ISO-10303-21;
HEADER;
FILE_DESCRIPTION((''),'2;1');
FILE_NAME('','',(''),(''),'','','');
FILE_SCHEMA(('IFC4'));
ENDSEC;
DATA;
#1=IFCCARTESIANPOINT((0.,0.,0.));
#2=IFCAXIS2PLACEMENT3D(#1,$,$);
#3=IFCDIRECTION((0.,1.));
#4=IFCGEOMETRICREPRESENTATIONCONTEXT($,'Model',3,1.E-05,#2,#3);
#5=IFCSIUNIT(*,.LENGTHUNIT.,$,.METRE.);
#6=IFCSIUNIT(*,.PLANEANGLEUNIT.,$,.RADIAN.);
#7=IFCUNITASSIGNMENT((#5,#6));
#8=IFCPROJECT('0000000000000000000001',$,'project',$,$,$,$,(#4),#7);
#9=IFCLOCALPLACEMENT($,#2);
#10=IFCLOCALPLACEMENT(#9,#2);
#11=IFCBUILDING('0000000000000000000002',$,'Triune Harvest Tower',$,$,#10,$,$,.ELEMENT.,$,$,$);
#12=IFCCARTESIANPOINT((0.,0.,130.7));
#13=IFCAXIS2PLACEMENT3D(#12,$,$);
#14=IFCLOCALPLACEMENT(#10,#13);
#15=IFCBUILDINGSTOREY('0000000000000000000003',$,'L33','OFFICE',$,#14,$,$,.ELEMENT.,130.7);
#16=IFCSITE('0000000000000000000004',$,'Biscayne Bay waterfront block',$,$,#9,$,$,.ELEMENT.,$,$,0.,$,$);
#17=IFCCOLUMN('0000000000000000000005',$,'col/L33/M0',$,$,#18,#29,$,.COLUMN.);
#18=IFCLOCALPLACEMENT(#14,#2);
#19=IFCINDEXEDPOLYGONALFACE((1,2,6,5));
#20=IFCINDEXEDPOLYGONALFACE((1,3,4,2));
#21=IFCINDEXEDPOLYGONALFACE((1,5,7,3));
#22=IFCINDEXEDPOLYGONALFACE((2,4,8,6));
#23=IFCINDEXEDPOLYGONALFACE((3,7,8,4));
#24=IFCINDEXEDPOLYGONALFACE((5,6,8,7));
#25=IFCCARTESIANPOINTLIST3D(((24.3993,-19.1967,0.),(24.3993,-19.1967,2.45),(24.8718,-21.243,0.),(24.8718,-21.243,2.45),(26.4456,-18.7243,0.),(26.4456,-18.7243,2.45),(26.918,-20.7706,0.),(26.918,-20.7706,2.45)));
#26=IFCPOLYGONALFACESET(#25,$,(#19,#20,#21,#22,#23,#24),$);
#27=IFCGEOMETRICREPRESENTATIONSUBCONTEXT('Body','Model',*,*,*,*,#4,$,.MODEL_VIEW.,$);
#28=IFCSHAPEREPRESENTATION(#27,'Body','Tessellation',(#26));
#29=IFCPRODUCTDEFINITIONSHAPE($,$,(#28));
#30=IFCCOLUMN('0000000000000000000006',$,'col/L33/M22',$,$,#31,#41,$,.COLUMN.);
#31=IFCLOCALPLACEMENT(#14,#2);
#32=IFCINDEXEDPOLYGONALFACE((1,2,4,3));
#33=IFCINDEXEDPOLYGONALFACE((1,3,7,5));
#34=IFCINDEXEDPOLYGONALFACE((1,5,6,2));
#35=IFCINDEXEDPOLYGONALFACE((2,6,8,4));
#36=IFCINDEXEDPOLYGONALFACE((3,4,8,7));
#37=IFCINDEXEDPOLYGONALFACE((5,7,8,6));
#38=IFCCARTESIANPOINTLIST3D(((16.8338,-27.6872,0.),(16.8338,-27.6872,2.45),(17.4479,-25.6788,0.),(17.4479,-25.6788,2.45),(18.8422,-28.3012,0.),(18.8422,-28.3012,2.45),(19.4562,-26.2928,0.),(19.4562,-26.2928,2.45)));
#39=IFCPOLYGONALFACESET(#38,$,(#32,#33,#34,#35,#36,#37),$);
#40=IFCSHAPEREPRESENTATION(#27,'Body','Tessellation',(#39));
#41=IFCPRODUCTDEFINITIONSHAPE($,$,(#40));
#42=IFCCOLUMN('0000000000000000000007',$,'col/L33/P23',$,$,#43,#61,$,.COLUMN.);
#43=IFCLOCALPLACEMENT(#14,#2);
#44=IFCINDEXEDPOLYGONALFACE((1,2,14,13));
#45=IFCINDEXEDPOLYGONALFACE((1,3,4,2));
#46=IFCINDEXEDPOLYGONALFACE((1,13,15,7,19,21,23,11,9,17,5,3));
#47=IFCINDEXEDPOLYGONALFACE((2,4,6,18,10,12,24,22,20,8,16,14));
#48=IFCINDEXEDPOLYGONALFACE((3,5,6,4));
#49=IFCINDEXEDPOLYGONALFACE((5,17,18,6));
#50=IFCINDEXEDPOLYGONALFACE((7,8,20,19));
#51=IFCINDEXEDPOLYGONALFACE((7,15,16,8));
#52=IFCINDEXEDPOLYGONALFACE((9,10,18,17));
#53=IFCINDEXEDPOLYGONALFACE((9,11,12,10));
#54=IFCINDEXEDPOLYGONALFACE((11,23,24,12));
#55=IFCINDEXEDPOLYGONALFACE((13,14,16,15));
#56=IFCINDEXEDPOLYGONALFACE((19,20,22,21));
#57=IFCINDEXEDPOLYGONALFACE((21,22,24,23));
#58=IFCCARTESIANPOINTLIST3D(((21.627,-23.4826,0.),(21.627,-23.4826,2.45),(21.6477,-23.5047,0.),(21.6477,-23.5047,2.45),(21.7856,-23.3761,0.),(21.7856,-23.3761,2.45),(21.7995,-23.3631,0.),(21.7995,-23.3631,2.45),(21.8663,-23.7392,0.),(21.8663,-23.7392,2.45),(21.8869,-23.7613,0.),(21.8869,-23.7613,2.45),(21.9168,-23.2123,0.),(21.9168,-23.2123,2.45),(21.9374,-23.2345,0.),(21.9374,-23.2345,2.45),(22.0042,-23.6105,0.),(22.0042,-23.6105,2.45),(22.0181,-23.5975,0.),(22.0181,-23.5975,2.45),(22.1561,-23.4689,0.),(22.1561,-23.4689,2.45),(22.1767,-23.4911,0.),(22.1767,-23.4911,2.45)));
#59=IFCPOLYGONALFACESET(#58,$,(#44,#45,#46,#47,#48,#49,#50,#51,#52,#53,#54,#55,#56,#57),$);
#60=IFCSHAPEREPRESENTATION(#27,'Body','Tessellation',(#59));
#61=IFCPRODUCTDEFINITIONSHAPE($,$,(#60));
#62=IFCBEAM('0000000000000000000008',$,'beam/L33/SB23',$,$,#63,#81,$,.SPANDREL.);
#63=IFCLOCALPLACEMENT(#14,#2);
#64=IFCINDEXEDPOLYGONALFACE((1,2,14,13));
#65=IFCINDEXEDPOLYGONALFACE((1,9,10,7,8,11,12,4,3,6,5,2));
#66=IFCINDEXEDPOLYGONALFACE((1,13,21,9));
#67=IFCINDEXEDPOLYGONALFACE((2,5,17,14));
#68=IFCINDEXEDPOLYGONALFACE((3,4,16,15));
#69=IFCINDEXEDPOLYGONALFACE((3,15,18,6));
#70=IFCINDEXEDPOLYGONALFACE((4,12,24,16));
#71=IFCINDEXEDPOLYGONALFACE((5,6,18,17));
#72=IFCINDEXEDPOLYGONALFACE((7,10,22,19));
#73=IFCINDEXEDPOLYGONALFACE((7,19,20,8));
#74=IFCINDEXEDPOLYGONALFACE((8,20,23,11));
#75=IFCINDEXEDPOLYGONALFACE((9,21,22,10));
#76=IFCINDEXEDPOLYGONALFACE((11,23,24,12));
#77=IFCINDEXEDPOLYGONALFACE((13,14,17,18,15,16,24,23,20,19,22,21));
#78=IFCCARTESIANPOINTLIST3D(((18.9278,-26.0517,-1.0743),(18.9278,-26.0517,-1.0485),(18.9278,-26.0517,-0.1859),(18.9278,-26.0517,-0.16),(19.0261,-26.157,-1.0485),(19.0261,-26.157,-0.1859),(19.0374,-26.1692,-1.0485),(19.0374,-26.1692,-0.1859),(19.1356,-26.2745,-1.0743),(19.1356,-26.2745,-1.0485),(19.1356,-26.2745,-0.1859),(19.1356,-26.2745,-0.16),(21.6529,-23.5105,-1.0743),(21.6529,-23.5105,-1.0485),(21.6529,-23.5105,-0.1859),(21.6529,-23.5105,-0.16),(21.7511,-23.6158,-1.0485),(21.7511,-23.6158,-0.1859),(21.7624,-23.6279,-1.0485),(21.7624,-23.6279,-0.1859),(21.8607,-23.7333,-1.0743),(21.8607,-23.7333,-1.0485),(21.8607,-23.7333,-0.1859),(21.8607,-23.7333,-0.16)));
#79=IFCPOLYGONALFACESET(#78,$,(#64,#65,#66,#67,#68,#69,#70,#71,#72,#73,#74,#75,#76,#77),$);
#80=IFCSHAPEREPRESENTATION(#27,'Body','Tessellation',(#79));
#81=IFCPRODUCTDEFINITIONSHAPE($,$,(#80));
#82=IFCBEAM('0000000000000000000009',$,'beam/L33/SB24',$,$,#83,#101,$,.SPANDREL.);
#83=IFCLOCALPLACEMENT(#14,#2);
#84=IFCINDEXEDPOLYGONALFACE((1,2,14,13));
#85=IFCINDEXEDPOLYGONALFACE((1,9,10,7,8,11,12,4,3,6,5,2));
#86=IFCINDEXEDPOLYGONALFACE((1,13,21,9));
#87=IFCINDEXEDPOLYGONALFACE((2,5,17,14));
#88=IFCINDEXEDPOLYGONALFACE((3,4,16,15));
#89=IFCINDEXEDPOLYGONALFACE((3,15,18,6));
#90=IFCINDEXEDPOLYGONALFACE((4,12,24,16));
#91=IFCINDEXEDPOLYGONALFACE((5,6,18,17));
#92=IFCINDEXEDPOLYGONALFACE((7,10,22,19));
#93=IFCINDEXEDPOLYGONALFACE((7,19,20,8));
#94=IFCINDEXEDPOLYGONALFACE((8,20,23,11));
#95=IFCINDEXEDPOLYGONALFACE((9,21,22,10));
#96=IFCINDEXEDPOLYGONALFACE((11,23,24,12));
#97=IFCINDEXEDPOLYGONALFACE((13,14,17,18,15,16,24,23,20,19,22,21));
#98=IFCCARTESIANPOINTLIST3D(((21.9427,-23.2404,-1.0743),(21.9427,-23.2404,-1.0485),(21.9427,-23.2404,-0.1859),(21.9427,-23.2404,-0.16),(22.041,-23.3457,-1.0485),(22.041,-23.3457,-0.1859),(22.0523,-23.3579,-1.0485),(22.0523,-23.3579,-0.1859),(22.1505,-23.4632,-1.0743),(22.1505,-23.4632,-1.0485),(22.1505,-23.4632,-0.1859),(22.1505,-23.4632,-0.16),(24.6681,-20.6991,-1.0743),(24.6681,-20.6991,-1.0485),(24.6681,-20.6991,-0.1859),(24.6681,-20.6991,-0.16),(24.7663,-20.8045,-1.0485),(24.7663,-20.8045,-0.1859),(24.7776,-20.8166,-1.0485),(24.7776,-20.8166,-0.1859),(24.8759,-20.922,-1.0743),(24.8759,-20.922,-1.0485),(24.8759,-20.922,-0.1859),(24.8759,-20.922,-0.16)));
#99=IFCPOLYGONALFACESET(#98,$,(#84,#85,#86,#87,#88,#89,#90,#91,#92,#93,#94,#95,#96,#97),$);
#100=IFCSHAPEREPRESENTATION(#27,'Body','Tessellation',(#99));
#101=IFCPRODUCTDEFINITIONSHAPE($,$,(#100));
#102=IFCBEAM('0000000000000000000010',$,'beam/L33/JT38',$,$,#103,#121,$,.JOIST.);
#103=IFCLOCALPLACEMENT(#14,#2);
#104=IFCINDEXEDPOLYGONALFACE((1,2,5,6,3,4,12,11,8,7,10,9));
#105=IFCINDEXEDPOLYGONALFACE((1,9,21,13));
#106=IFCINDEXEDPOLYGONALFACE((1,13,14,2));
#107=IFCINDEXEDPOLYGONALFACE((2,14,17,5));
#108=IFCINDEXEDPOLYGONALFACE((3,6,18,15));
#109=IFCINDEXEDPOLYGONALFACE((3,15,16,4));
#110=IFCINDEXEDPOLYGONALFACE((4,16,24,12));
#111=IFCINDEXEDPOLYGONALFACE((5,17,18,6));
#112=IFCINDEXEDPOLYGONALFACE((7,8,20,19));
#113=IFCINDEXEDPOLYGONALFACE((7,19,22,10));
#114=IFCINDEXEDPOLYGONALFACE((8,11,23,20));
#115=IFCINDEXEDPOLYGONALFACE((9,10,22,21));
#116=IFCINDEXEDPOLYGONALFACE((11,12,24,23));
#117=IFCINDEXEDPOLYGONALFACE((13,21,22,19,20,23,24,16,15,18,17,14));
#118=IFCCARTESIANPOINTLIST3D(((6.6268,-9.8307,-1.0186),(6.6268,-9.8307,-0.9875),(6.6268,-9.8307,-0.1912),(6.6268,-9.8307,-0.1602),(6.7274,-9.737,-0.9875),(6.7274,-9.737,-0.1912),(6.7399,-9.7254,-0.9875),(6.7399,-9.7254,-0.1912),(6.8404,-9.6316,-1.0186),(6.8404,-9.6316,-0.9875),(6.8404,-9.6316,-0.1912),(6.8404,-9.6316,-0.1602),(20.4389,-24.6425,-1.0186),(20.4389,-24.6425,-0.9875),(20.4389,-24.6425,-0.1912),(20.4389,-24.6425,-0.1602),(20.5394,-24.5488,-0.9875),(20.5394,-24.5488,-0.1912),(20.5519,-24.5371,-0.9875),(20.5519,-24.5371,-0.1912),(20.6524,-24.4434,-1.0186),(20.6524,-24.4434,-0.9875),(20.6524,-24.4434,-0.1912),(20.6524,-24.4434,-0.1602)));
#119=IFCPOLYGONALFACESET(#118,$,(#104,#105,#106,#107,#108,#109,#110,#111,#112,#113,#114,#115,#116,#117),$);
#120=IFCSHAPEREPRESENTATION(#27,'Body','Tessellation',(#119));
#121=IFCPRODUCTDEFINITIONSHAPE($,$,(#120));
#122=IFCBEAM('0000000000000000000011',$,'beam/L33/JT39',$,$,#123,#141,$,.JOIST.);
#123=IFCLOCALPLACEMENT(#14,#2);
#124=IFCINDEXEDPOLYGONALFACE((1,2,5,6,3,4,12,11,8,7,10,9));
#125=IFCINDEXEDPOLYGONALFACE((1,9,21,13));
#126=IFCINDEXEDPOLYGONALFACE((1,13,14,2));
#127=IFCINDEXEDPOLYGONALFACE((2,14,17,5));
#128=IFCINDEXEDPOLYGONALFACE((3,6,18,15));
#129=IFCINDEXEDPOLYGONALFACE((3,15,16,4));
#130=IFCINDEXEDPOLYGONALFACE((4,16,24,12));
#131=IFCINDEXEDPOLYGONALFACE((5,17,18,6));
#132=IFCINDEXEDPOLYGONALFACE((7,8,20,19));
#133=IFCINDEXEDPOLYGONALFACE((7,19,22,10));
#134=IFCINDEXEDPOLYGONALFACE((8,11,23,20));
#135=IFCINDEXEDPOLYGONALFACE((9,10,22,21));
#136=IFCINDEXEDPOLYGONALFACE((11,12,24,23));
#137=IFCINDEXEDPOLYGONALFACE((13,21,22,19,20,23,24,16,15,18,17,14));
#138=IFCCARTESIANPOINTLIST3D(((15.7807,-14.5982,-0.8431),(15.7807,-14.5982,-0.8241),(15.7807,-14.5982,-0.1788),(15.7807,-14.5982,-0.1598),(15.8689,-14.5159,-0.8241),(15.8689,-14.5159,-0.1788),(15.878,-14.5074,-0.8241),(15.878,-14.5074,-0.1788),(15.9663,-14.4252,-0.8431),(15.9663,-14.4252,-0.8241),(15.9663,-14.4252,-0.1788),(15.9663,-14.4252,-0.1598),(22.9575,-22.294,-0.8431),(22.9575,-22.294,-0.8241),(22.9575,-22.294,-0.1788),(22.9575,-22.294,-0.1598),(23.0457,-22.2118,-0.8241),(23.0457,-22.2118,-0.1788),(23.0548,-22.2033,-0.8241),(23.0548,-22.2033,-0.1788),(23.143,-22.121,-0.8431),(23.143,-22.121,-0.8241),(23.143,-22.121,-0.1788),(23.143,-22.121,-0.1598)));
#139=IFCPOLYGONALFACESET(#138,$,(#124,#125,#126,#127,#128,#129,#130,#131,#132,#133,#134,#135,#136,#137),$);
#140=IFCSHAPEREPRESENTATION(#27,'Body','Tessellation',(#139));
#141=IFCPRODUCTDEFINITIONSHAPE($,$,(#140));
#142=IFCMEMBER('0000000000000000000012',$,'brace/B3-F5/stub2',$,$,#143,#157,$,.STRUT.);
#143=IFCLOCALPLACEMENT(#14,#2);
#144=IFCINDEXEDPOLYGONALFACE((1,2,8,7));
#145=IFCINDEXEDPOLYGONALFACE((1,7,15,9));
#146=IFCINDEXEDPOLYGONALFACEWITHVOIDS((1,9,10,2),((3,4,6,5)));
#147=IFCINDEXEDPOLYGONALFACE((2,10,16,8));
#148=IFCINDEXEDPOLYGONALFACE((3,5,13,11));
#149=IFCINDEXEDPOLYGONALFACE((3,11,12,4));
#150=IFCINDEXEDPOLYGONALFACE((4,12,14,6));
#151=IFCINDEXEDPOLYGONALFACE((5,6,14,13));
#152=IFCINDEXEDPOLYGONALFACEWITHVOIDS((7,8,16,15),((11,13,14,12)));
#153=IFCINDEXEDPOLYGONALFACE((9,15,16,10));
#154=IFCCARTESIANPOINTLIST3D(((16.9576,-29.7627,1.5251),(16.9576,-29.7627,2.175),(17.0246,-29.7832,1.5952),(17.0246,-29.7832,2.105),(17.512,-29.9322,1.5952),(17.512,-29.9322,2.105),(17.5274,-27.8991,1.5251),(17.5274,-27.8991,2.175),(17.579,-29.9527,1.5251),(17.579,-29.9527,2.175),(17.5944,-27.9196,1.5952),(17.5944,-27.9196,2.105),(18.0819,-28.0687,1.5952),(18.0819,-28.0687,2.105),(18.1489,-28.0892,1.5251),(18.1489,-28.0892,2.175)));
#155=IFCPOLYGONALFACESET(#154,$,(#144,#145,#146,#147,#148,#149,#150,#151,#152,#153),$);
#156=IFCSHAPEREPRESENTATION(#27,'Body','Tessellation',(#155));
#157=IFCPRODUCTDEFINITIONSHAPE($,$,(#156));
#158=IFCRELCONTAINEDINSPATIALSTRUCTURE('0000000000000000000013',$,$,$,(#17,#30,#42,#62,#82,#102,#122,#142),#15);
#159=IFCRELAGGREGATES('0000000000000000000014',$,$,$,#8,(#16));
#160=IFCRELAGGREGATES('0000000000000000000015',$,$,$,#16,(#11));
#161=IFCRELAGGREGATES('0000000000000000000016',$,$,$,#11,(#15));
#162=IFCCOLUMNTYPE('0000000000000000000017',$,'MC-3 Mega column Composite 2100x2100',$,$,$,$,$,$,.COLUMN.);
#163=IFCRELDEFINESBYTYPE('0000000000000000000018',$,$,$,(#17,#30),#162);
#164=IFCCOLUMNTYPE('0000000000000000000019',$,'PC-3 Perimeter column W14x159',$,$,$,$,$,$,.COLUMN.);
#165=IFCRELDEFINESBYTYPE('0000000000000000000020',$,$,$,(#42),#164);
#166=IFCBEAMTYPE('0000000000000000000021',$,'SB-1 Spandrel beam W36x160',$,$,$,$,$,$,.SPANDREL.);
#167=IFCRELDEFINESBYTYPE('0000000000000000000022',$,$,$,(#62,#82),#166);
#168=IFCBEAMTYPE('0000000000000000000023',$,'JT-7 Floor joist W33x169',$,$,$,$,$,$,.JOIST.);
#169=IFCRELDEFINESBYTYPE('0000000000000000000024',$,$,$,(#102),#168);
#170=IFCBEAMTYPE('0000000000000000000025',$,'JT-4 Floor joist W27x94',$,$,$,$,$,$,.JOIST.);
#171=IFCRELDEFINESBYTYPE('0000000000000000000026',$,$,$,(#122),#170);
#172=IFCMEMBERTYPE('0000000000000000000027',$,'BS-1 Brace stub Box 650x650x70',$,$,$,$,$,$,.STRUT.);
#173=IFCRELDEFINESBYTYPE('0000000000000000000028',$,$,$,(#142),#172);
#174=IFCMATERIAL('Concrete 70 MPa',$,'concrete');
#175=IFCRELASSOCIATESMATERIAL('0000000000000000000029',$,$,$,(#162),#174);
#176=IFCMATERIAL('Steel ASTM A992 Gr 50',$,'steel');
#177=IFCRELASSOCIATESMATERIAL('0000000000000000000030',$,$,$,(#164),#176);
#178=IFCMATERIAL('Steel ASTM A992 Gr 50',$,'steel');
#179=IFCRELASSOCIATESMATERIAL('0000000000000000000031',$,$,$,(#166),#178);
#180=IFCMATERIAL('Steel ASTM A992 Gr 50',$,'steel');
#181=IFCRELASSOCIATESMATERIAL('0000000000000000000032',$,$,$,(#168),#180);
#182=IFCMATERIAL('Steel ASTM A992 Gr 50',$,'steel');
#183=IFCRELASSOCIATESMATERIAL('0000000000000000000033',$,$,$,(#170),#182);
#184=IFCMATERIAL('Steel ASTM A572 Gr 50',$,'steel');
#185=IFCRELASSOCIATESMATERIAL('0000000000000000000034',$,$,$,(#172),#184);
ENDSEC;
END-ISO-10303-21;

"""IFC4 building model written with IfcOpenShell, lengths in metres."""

from ifc_helpers import new_model, si_unit, direction, frame, origin, origin_2d, place, context, subcontext, project, spatial, rectangle, hollow_rectangle, i_section, extrude, source, transform, mapped, material, material_profile, profile_set, type_object, element, save


model = new_model("IFC4")

# Units and contexts
model_context = context("Model", 3, precision=1e-05, world=origin(), true_north=direction((0.0, 1.0)))
body_context = subcontext(model_context, "Body", "Model", "MODEL_VIEW")
ifc_project = project(units=[si_unit("LENGTHUNIT", "METRE"), si_unit("PLANEANGLEUNIT", "RADIAN")], contexts=[model_context])

# Site, building, storey
site_placement = place(None, origin())
site = spatial("IfcSite", under=ifc_project, at=site_placement, Name="Biscayne Bay waterfront block", CompositionType="ELEMENT", RefElevation=0.0)
building_placement = place(site_placement, origin())
building = spatial("IfcBuilding", under=site, at=building_placement, Name="Triune Harvest Tower", CompositionType="ELEMENT")
storey_placement = place(building_placement, frame((0.0, 0.0, 130.7)))
storey = spatial("IfcBuildingStorey", under=building, at=storey_placement, Name="L33", Description="OFFICE", CompositionType="ELEMENT", Elevation=130.7)

# Columns
ifc_material_1 = material(Name="Concrete 70 MPa", Category="concrete")
ifc_material_profile_1 = material_profile(ifc_material_1, rectangle(XDim=2.1001, YDim=2.1001, at=origin_2d()), Name="Composite 2100x2100")
ifc_profile_set_1 = profile_set([ifc_material_profile_1], Name="Concrete 70 MPa")
column_type_1 = type_object("IfcColumnType", Name="MC-3 Mega column Composite 2100x2100", PredefinedType="COLUMN", material=ifc_profile_set_1)
shared_shape_1 = source(origin(), body_context, "Body", "SweptSolid", [
    extrude(rectangle(XDim=2.1001, YDim=2.1001, at=origin_2d()), origin(), (0.0, 0.0, 1.0), 2.45),
])
for number, where, z_axis, x_axis, name in (
    (1, (25.6587, -19.9836, 0.0), (0.0, 0.0, 1.0), (-0.224953, 0.97437, 0.0), "col/L33/M0"),
    (2, (18.145, -26.99, 0.0), (0.0, 0.0, 1.0), (0.956305, -0.292372, 0.0), "col/L33/M22"),
):
    element("IfcColumn", number, at=place(storey_placement, frame(where, z_axis=z_axis, x_axis=x_axis)), inside=storey, type_object=column_type_1, Name=name, PredefinedType="COLUMN", context=body_context, shape_type="MappedRepresentation", body=[
        mapped(shared_shape_1, transform((0.0, 0.0, 0.0), scale=1.0)),
    ])
ifc_material_2 = material(Name="Steel ASTM A992 Gr 50", Category="steel")
ifc_material_profile_2 = material_profile(ifc_material_2, i_section(OverallWidth=0.3962, OverallDepth=0.3811, WebThickness=0.019, FlangeThickness=0.0303, at=origin_2d()), Name="W14x159")
ifc_profile_set_2 = profile_set([ifc_material_profile_2], Name="Steel ASTM A992 Gr 50")
column_type_2 = type_object("IfcColumnType", Name="PC-3 Perimeter column W14x159", PredefinedType="COLUMN", material=ifc_profile_set_2)
shared_shape_2 = source(origin(), body_context, "Body", "SweptSolid", [
    extrude(i_section(OverallWidth=0.3962, OverallDepth=0.3811, WebThickness=0.019, FlangeThickness=0.0303, at=origin_2d()), origin(), (0.0, 0.0, 1.0), 2.45),
])
column_placement = place(storey_placement, frame((21.9019, -23.4868, 0.0), z_axis=(0.0, 0.0, 1.0), x_axis=(0.731354, 0.681998, 0.0)))
element("IfcColumn", 3, at=column_placement, inside=storey, type_object=column_type_2, Name="col/L33/P23", PredefinedType="COLUMN", context=body_context, shape_type="MappedRepresentation", body=[
    mapped(shared_shape_2, transform((0.0, 0.0, 0.0), scale=1.0)),
])

# Beams
ifc_material_3 = material(Name="Steel ASTM A992 Gr 50", Category="steel")
ifc_material_profile_3 = material_profile(ifc_material_3, i_section(OverallWidth=0.3047, OverallDepth=0.9143, WebThickness=0.0166, FlangeThickness=0.0259, at=origin_2d()), Name="W36x160")
ifc_profile_set_3 = profile_set([ifc_material_profile_3], Name="Steel ASTM A992 Gr 50")
beam_type_1 = type_object("IfcBeamType", Name="SB-1 Spandrel beam W36x160", PredefinedType="SPANDREL", material=ifc_profile_set_3)
shared_shape_3 = source(origin(), body_context, "Body", "SweptSolid", [
    extrude(i_section(OverallWidth=0.3047, OverallDepth=0.9143, WebThickness=0.0166, FlangeThickness=0.0259, at=origin_2d()), origin(), (0.0, 0.0, 1.0), 3.7261),
])
beam_1_placement = place(storey_placement, frame((19.0317, -26.1631, -0.6172), z_axis=(0.731345, 0.682008, 0.0), x_axis=(-0.682008, 0.731345, 0.0)))
element("IfcBeam", 4, at=beam_1_placement, inside=storey, type_object=beam_type_1, Name="beam/L33/SB23", PredefinedType="SPANDREL", context=body_context, shape_type="MappedRepresentation", body=[
    mapped(shared_shape_3, transform((0.0, 0.0, 0.0), scale=1.0)),
])
shared_shape_4 = source(origin(), body_context, "Body", "SweptSolid", [
    extrude(i_section(OverallWidth=0.3047, OverallDepth=0.9143, WebThickness=0.0166, FlangeThickness=0.0259, at=origin_2d()), origin(), (0.0, 0.0, 1.0), 3.7263),
])
beam_2_placement = place(storey_placement, frame((22.0466, -23.3518, -0.6172), z_axis=(0.731375, 0.681975, 0.0), x_axis=(-0.681975, 0.731375, 0.0)))
element("IfcBeam", 5, at=beam_2_placement, inside=storey, type_object=beam_type_1, Name="beam/L33/SB24", PredefinedType="SPANDREL", context=body_context, shape_type="MappedRepresentation", body=[
    mapped(shared_shape_4, transform((0.0, 0.0, 0.0), scale=1.0)),
])
ifc_material_4 = material(Name="Steel ASTM A992 Gr 50", Category="steel")
ifc_material_profile_4 = material_profile(ifc_material_4, i_section(OverallWidth=0.292, OverallDepth=0.8584, WebThickness=0.0171, FlangeThickness=0.031, at=origin_2d()), Name="W33x169")
ifc_profile_set_4 = profile_set([ifc_material_profile_4], Name="Steel ASTM A992 Gr 50")
beam_type_2 = type_object("IfcBeamType", Name="JT-7 Floor joist W33x169", PredefinedType="JOIST", material=ifc_profile_set_4)
shared_shape_5 = source(origin(), body_context, "Body", "SweptSolid", [
    extrude(i_section(OverallWidth=0.292, OverallDepth=0.8584, WebThickness=0.0171, FlangeThickness=0.031, at=origin_2d()), origin(), (0.0, 0.0, 1.0), 20.2524),
])
beam_3_placement = place(storey_placement, frame((20.5457, -24.543, -0.5894), z_axis=(-0.681993, 0.731358, 0.0), x_axis=(-0.731358, -0.681993, 0.0)))
element("IfcBeam", 6, at=beam_3_placement, inside=storey, type_object=beam_type_2, Name="beam/L33/JT38", PredefinedType="JOIST", context=body_context, shape_type="MappedRepresentation", body=[
    mapped(shared_shape_5, transform((0.0, 0.0, 0.0), scale=1.0)),
])
ifc_material_5 = material(Name="Steel ASTM A992 Gr 50", Category="steel")
ifc_material_profile_5 = material_profile(ifc_material_5, i_section(OverallWidth=0.2537, OverallDepth=0.6833, WebThickness=0.0125, FlangeThickness=0.019, at=origin_2d()), Name="W27x94")
ifc_profile_set_5 = profile_set([ifc_material_profile_5], Name="Steel ASTM A992 Gr 50")
beam_type_3 = type_object("IfcBeamType", Name="JT-4 Floor joist W27x94", PredefinedType="JOIST", material=ifc_profile_set_5)
shared_shape_6 = source(origin(), body_context, "Body", "SweptSolid", [
    extrude(i_section(OverallWidth=0.2537, OverallDepth=0.6833, WebThickness=0.0125, FlangeThickness=0.019, at=origin_2d()), origin(), (0.0, 0.0, 1.0), 10.5229),
])
beam_4_placement = place(storey_placement, frame((23.0503, -22.2075, -0.5015), z_axis=(-0.682014, 0.731339, 0.0), x_axis=(-0.731339, -0.682014, 0.0)))
element("IfcBeam", 7, at=beam_4_placement, inside=storey, type_object=beam_type_3, Name="beam/L33/JT39", PredefinedType="JOIST", context=body_context, shape_type="MappedRepresentation", body=[
    mapped(shared_shape_6, transform((0.0, 0.0, 0.0), scale=1.0)),
])

# Member
ifc_material_6 = material(Name="Steel ASTM A572 Gr 50", Category="steel")
ifc_material_profile_6 = material_profile(ifc_material_6, hollow_rectangle(XDim=0.6499, YDim=0.6499, WallThickness=0.0701, at=origin_2d()), Name="Box 650x650x70")
ifc_profile_set_6 = profile_set([ifc_material_profile_6], Name="Steel ASTM A572 Gr 50")
member_type_1 = type_object("IfcMemberType", Name="BS-1 Brace stub Box 650x650x70", PredefinedType="STRUT", material=ifc_profile_set_6)
shared_shape_7 = source(origin(), body_context, "Body", "SweptSolid", [
    extrude(hollow_rectangle(XDim=0.6499, YDim=0.6499, WallThickness=0.0701, at=origin_2d()), origin(), (0.0, 0.0, 1.0), 1.9487),
])
member_1_placement = place(storey_placement, frame((17.8381, -27.9941, 1.8501), z_axis=(-0.292413, -0.956292, 0.0), x_axis=(0.956292, -0.292413, 0.0)))
element("IfcMember", 8, at=member_1_placement, inside=storey, type_object=member_type_1, Name="brace/B3-F5/stub2", PredefinedType="STRUT", context=body_context, shape_type="MappedRepresentation", body=[
    mapped(shared_shape_7, transform((0.0, 0.0, 0.0), scale=1.0)),
])

save(model, "model.ifc")
